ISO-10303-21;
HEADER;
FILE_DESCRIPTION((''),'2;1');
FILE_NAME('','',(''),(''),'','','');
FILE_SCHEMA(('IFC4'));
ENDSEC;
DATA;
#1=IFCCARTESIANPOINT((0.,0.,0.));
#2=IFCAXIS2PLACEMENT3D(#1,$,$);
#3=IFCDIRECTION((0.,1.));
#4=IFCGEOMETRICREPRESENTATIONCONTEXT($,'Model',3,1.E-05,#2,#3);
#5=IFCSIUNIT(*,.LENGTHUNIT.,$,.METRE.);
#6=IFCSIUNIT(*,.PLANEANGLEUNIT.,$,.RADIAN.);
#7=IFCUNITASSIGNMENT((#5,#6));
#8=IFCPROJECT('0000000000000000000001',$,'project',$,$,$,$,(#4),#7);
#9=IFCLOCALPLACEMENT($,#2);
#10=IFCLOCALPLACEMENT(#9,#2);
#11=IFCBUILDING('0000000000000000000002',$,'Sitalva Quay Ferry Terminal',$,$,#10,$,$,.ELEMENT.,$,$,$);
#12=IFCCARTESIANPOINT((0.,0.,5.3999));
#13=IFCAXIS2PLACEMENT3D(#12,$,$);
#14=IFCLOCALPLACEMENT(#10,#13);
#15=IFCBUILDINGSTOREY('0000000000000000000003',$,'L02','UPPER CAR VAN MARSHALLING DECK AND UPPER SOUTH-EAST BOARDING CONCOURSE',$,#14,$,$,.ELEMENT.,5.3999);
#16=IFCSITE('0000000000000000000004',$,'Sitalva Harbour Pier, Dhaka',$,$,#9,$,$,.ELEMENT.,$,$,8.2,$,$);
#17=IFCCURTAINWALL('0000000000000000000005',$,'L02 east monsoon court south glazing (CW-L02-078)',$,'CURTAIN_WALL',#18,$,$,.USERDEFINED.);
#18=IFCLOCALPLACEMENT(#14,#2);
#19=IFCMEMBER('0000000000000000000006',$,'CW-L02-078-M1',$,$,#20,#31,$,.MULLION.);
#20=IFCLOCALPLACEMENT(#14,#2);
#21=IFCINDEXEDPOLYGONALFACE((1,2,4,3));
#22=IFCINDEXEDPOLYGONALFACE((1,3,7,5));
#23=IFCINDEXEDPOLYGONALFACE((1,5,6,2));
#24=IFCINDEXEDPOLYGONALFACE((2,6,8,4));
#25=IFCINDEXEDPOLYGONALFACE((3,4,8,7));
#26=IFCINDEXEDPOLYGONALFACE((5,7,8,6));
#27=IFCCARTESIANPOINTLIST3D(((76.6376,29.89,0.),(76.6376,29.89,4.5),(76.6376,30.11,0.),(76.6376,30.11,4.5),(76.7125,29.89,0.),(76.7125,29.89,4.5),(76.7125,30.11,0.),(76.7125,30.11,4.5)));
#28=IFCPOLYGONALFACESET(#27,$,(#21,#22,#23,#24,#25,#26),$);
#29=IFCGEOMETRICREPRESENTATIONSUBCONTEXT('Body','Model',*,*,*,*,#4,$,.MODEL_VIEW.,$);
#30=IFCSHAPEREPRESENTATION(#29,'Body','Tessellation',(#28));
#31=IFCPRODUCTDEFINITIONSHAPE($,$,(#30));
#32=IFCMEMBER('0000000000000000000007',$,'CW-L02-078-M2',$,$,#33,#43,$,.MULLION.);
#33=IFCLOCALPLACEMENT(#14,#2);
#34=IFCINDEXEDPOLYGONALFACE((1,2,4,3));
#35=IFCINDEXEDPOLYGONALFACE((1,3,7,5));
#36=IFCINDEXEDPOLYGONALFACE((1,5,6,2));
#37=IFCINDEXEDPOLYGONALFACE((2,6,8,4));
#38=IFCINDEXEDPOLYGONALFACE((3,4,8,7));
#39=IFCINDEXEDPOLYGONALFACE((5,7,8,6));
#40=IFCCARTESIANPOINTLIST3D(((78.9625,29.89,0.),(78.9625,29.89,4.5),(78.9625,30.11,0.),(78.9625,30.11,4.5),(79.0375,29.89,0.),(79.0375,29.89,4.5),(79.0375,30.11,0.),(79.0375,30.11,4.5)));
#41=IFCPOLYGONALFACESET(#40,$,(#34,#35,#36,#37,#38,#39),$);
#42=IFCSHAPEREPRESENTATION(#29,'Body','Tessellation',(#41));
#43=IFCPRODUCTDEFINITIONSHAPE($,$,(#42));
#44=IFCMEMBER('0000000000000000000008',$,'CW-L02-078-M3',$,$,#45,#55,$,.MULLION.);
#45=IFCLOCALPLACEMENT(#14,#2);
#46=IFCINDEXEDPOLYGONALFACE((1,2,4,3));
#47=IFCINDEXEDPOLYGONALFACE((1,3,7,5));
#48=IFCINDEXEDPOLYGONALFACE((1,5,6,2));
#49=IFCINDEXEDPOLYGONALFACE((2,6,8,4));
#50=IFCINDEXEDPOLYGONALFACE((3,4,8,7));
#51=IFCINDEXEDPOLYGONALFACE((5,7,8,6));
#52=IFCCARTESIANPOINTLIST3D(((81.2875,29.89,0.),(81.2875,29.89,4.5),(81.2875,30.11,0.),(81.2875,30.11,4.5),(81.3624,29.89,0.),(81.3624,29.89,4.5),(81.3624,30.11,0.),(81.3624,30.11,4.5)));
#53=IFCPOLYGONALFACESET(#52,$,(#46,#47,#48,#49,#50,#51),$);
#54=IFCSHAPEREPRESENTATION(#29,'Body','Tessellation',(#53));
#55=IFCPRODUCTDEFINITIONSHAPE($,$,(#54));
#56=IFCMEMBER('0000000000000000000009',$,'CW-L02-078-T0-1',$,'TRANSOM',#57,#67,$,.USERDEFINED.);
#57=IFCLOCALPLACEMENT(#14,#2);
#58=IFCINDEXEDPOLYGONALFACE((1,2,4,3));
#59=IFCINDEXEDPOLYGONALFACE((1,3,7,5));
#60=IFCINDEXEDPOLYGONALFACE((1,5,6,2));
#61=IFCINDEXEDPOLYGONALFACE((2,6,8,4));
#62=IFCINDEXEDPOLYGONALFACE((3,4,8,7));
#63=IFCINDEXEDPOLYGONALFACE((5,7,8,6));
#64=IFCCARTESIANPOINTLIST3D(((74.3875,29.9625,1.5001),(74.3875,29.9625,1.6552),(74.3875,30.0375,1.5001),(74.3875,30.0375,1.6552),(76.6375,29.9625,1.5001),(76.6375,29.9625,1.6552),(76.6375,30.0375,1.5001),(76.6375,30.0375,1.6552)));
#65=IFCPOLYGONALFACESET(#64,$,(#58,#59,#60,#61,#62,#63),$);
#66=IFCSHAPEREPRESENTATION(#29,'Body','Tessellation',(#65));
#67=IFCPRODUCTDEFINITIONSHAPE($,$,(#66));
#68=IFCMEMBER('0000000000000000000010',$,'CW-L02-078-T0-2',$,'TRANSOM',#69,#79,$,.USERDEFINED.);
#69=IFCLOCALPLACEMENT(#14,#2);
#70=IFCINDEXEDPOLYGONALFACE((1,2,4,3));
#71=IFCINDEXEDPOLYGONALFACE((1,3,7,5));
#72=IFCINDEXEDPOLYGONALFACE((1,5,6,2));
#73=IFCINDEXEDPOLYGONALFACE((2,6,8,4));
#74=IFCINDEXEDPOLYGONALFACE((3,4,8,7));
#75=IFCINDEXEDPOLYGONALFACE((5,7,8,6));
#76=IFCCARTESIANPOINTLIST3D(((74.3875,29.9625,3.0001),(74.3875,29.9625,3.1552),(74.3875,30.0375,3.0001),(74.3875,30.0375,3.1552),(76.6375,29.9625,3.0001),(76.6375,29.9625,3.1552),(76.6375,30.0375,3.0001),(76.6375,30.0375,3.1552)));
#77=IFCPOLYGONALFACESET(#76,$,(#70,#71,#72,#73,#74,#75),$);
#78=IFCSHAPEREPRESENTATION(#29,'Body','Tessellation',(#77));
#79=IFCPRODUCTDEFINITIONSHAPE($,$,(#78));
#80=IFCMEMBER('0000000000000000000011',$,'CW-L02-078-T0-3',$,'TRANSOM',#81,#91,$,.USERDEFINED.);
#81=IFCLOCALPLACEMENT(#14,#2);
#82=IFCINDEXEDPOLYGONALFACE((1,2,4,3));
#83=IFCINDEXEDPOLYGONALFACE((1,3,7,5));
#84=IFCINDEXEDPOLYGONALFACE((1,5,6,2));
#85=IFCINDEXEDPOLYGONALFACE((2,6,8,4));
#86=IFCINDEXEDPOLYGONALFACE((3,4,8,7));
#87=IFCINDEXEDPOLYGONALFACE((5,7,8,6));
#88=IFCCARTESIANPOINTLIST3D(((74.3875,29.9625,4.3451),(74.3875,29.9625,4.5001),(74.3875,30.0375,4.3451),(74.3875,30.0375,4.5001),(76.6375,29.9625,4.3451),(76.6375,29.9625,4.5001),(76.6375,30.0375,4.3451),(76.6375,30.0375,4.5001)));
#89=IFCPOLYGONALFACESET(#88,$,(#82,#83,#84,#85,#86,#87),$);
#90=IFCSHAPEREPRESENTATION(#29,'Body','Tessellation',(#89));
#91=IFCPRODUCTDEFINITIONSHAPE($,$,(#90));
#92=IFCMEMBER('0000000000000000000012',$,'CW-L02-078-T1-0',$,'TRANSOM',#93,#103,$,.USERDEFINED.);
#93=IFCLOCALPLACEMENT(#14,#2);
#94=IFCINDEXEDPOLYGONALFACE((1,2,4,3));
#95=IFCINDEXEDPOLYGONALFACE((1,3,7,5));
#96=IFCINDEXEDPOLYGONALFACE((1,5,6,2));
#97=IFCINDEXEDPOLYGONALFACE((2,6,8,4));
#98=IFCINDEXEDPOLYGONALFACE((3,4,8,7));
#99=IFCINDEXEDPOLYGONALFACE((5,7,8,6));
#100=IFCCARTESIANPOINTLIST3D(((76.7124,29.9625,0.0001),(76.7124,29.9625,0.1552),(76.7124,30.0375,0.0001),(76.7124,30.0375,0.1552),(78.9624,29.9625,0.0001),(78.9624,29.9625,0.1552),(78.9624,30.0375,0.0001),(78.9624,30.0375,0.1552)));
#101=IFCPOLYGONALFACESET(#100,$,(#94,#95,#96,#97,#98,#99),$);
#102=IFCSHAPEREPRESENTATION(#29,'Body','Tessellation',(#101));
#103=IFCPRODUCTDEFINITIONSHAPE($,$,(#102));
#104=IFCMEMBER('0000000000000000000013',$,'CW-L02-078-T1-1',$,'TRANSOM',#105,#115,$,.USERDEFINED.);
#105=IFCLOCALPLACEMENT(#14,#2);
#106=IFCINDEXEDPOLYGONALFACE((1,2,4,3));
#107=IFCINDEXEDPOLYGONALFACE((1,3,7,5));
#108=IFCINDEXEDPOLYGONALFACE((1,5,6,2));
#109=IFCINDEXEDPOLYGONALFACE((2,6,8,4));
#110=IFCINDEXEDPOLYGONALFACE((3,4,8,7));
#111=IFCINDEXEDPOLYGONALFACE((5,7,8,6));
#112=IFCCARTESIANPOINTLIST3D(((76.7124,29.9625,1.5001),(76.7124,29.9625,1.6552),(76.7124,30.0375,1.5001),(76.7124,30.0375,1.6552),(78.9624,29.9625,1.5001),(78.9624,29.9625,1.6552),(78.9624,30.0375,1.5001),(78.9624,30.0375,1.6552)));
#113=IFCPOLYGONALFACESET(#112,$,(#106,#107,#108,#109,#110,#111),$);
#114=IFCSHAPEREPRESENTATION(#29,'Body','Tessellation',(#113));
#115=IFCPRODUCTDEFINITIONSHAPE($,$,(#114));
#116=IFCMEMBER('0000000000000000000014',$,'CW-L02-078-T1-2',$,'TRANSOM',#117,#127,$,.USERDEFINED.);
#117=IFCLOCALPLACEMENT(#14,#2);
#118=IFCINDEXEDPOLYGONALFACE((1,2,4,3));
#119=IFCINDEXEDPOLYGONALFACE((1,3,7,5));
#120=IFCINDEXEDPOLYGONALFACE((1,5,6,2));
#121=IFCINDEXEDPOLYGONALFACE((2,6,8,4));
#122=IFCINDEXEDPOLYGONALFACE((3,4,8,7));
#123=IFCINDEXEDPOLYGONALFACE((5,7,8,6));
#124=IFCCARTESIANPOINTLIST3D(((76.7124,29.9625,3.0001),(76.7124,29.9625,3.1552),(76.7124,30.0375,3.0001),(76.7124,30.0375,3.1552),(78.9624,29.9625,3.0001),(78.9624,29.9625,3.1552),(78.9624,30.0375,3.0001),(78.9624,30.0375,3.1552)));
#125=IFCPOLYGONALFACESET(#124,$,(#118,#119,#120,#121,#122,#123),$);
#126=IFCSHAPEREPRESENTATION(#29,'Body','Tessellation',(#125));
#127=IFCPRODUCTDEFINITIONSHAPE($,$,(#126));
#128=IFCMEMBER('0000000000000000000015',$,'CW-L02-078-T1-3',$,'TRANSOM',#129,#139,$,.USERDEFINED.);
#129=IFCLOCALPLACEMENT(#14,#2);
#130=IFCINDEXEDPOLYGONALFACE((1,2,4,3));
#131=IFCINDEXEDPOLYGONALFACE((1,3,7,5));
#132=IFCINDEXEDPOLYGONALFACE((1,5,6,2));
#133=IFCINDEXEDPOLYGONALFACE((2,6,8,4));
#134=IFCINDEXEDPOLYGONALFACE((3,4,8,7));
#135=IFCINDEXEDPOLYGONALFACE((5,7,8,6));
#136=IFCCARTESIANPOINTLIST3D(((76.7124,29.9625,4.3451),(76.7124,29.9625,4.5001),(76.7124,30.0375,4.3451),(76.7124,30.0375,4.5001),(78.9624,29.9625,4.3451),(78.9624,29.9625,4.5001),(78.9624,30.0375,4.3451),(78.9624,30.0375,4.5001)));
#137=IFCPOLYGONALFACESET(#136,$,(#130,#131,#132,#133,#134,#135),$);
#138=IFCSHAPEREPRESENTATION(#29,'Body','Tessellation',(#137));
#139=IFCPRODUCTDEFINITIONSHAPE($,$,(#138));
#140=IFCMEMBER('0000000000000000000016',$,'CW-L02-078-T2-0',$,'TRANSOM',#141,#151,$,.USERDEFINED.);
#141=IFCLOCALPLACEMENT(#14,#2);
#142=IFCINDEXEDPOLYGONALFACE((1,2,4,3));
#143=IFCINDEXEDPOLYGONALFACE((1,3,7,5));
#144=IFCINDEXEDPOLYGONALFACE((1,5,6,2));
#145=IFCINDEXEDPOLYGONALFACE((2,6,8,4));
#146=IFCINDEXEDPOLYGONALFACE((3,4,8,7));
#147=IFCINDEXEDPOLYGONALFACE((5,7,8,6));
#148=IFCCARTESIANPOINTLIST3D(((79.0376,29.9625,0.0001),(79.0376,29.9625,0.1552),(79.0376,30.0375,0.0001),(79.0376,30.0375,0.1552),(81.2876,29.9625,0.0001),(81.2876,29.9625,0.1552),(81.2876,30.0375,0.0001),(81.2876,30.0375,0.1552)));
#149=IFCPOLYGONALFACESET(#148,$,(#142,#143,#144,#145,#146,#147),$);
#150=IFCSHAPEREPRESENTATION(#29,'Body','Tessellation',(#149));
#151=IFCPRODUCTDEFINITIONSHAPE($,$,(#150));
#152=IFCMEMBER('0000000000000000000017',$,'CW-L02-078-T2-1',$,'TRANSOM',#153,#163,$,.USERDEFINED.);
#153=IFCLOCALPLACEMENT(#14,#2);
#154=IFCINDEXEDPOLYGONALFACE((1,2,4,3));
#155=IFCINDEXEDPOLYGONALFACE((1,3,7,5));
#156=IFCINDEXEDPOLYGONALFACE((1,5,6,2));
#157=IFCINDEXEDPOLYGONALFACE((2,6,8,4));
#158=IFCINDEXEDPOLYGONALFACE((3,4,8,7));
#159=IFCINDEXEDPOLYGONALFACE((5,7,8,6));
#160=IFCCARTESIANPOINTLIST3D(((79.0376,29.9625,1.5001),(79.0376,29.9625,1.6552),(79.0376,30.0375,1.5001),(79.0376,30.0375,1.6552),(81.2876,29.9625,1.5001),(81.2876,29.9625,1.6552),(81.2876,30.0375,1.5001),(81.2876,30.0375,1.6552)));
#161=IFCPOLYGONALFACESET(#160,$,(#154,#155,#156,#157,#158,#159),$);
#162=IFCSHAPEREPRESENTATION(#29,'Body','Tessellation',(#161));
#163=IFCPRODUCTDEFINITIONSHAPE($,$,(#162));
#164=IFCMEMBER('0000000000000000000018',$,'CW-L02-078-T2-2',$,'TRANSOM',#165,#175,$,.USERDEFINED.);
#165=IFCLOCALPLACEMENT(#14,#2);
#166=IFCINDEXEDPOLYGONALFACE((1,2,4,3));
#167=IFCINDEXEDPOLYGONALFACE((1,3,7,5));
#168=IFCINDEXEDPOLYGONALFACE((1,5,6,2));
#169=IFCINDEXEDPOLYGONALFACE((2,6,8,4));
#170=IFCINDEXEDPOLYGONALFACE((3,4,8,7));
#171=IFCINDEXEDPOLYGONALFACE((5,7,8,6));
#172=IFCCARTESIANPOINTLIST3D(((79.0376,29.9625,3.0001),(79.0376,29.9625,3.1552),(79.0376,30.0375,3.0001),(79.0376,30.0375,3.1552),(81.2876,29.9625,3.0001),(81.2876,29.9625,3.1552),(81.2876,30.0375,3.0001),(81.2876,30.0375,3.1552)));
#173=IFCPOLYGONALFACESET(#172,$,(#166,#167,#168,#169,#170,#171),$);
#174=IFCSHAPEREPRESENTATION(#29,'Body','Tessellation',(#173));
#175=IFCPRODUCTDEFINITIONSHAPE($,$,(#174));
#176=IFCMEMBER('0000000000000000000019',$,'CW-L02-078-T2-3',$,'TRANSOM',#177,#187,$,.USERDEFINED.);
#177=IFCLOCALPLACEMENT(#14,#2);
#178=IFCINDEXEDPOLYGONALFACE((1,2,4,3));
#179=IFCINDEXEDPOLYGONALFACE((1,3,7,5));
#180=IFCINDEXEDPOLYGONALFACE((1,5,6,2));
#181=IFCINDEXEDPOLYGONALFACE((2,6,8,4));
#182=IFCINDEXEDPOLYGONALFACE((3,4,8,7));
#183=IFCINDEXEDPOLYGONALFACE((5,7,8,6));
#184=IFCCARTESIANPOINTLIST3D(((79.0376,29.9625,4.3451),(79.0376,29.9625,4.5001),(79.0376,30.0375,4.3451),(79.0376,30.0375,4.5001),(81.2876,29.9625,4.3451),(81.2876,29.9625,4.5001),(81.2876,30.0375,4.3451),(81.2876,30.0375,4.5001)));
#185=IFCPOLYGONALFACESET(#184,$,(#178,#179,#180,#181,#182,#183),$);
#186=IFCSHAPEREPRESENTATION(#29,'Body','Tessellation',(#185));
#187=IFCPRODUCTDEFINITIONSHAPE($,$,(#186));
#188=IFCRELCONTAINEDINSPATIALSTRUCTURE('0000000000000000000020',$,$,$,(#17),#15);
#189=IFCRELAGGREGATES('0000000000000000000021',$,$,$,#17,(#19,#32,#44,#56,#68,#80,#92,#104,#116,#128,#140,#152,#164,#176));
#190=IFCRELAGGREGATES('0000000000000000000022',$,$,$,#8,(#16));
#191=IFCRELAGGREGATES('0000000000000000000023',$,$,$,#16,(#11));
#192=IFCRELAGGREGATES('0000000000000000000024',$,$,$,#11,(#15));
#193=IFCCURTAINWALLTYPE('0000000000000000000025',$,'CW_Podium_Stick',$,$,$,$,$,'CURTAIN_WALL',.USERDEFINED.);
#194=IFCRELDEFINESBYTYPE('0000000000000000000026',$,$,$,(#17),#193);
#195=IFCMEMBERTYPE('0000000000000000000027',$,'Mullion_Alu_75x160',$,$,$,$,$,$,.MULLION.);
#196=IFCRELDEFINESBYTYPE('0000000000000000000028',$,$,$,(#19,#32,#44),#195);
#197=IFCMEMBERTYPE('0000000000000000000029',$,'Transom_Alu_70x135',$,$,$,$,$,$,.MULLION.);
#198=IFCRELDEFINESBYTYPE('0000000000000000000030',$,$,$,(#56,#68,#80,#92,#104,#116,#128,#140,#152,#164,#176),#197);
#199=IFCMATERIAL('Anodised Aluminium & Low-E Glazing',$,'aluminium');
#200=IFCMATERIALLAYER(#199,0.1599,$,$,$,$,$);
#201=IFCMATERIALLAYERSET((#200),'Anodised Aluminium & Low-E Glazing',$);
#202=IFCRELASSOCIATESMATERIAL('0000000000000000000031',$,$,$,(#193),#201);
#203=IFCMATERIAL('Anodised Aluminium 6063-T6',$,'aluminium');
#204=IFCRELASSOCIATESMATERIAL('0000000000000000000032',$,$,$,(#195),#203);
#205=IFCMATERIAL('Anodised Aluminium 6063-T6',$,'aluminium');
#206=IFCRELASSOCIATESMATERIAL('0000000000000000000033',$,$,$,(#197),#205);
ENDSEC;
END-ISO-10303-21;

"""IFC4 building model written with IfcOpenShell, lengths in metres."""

from ifc_helpers import new_model, si_unit, direction, frame, origin, origin_2d, place, context, subcontext, project, spatial, rectangle, extrude, material, layer, layer_set, material_profile, profile_set, type_object, element, aggregate, save


model = new_model("IFC4")

# Units and contexts
model_context = context("Model", 3, precision=1e-05, world=origin(), true_north=direction((0.0, 1.0)))
body_context = subcontext(model_context, "Body", "Model", "MODEL_VIEW")
ifc_project = project(units=[si_unit("LENGTHUNIT", "METRE"), si_unit("PLANEANGLEUNIT", "RADIAN")], contexts=[model_context])

# Site, building, storey
site_placement = place(None, origin())
site = spatial("IfcSite", under=ifc_project, at=site_placement, Name="Sitalva Harbour Pier, Dhaka", CompositionType="ELEMENT", RefElevation=8.2)
building_placement = place(site_placement, origin())
building = spatial("IfcBuilding", under=site, at=building_placement, Name="Sitalva Quay Ferry Terminal", CompositionType="ELEMENT")
storey_placement = place(building_placement, frame((0.0, 0.0, 5.3999)))
storey = spatial("IfcBuildingStorey", under=building, at=storey_placement, Name="L02", Description="UPPER CAR VAN MARSHALLING DECK AND UPPER SOUTH-EAST BOARDING CONCOURSE", CompositionType="ELEMENT", Elevation=5.3999)

# Curtain wall, members
ifc_material_1 = material(Name="Anodised Aluminium & Low-E Glazing", Category="aluminium")
ifc_layer_1 = layer(ifc_material_1, 0.1599)
ifc_layer_set_1 = layer_set([ifc_layer_1], Name="Anodised Aluminium & Low-E Glazing")
curtain_wall_type = type_object("IfcCurtainWallType", Name="CW_Podium_Stick", ElementType="CURTAIN_WALL", PredefinedType="USERDEFINED", material=ifc_layer_set_1)
curtain_wall_placement = place(storey_placement, origin())
curtain_wall = element("IfcCurtainWall", 1, at=curtain_wall_placement, inside=storey, type_object=curtain_wall_type, Name="L02 east monsoon court south glazing (CW-L02-078)", ObjectType="CURTAIN_WALL", PredefinedType="USERDEFINED")
ifc_material_2 = material(Name="Anodised Aluminium 6063-T6", Category="aluminium")
ifc_material_profile_1 = material_profile(ifc_material_2, rectangle(XDim=0.075, YDim=0.22, at=origin_2d()), Name="ALU75x220")
ifc_profile_set_1 = profile_set([ifc_material_profile_1], Name="Anodised Aluminium 6063-T6")
member_type_1 = type_object("IfcMemberType", Name="Mullion_Alu_75x160", PredefinedType="MULLION", material=ifc_profile_set_1)
member_1_placement = place(storey_placement, frame((76.675, 30.0, 0.0), z_axis=(0.0, 0.0, 1.0), x_axis=(1.0, 0.0, 0.0)))
member_1 = element("IfcMember", 2, at=member_1_placement, type_object=member_type_1, Name="CW-L02-078-M1", PredefinedType="MULLION", context=body_context, shape_type="SweptSolid", body=[
    extrude(rectangle(XDim=0.075, YDim=0.22, at=origin_2d()), origin(), (0.0, 0.0, 1.0), 4.5),
])
member_2_placement = place(storey_placement, frame((79.0, 30.0, 0.0), z_axis=(0.0, 0.0, 1.0), x_axis=(1.0, 0.0, 0.0)))
member_2 = element("IfcMember", 3, at=member_2_placement, type_object=member_type_1, Name="CW-L02-078-M2", PredefinedType="MULLION", context=body_context, shape_type="SweptSolid", body=[
    extrude(rectangle(XDim=0.075, YDim=0.22, at=origin_2d()), origin(), (0.0, 0.0, 1.0), 4.5),
])
member_3_placement = place(storey_placement, frame((81.325, 30.0, 0.0), z_axis=(0.0, 0.0, 1.0), x_axis=(1.0, 0.0, 0.0)))
member_3 = element("IfcMember", 4, at=member_3_placement, type_object=member_type_1, Name="CW-L02-078-M3", PredefinedType="MULLION", context=body_context, shape_type="SweptSolid", body=[
    extrude(rectangle(XDim=0.075, YDim=0.22, at=origin_2d()), origin(), (0.0, 0.0, 1.0), 4.5),
])
ifc_material_3 = material(Name="Anodised Aluminium 6063-T6", Category="aluminium")
ifc_material_profile_2 = material_profile(ifc_material_3, rectangle(XDim=0.075, YDim=0.155, at=origin_2d()), Name="ALU75x155")
ifc_profile_set_2 = profile_set([ifc_material_profile_2], Name="Anodised Aluminium 6063-T6")
member_type_2 = type_object("IfcMemberType", Name="Transom_Alu_70x135", PredefinedType="MULLION", material=ifc_profile_set_2)
member_4_placement = place(storey_placement, frame((74.3875, 30.0, 1.5776), z_axis=(1.0, 0.0, 0.0), x_axis=(0.0, 1.0, 0.0)))
member_4 = element("IfcMember", 5, at=member_4_placement, type_object=member_type_2, Name="CW-L02-078-T0-1", ObjectType="TRANSOM", PredefinedType="USERDEFINED", context=body_context, shape_type="SweptSolid", body=[
    extrude(rectangle(XDim=0.075, YDim=0.155, at=origin_2d()), origin(), (0.0, 0.0, 1.0), 2.25),
])
member_5_placement = place(storey_placement, frame((74.3875, 30.0, 3.0776), z_axis=(1.0, 0.0, 0.0), x_axis=(0.0, 1.0, 0.0)))
member_5 = element("IfcMember", 6, at=member_5_placement, type_object=member_type_2, Name="CW-L02-078-T0-2", ObjectType="TRANSOM", PredefinedType="USERDEFINED", context=body_context, shape_type="SweptSolid", body=[
    extrude(rectangle(XDim=0.075, YDim=0.155, at=origin_2d()), origin(), (0.0, 0.0, 1.0), 2.25),
])
member_6_placement = place(storey_placement, frame((74.3875, 30.0, 4.4226), z_axis=(1.0, 0.0, 0.0), x_axis=(0.0, 1.0, 0.0)))
member_6 = element("IfcMember", 7, at=member_6_placement, type_object=member_type_2, Name="CW-L02-078-T0-3", ObjectType="TRANSOM", PredefinedType="USERDEFINED", context=body_context, shape_type="SweptSolid", body=[
    extrude(rectangle(XDim=0.075, YDim=0.155, at=origin_2d()), origin(), (0.0, 0.0, 1.0), 2.25),
])
member_7_placement = place(storey_placement, frame((76.7124, 30.0, 0.0776), z_axis=(1.0, 0.0, 0.0), x_axis=(0.0, 1.0, 0.0)))
member_7 = element("IfcMember", 8, at=member_7_placement, type_object=member_type_2, Name="CW-L02-078-T1-0", ObjectType="TRANSOM", PredefinedType="USERDEFINED", context=body_context, shape_type="SweptSolid", body=[
    extrude(rectangle(XDim=0.075, YDim=0.155, at=origin_2d()), origin(), (0.0, 0.0, 1.0), 2.25),
])
member_8_placement = place(storey_placement, frame((76.7124, 30.0, 1.5776), z_axis=(1.0, 0.0, 0.0), x_axis=(0.0, 1.0, 0.0)))
member_8 = element("IfcMember", 9, at=member_8_placement, type_object=member_type_2, Name="CW-L02-078-T1-1", ObjectType="TRANSOM", PredefinedType="USERDEFINED", context=body_context, shape_type="SweptSolid", body=[
    extrude(rectangle(XDim=0.075, YDim=0.155, at=origin_2d()), origin(), (0.0, 0.0, 1.0), 2.25),
])
member_9_placement = place(storey_placement, frame((76.7124, 30.0, 3.0776), z_axis=(1.0, 0.0, 0.0), x_axis=(0.0, 1.0, 0.0)))
member_9 = element("IfcMember", 10, at=member_9_placement, type_object=member_type_2, Name="CW-L02-078-T1-2", ObjectType="TRANSOM", PredefinedType="USERDEFINED", context=body_context, shape_type="SweptSolid", body=[
    extrude(rectangle(XDim=0.075, YDim=0.155, at=origin_2d()), origin(), (0.0, 0.0, 1.0), 2.25),
])
member_10_placement = place(storey_placement, frame((76.7124, 30.0, 4.4226), z_axis=(1.0, 0.0, 0.0), x_axis=(0.0, 1.0, 0.0)))
member_10 = element("IfcMember", 11, at=member_10_placement, type_object=member_type_2, Name="CW-L02-078-T1-3", ObjectType="TRANSOM", PredefinedType="USERDEFINED", context=body_context, shape_type="SweptSolid", body=[
    extrude(rectangle(XDim=0.075, YDim=0.155, at=origin_2d()), origin(), (0.0, 0.0, 1.0), 2.25),
])
member_11_placement = place(storey_placement, frame((79.0376, 30.0, 0.0776), z_axis=(1.0, 0.0, 0.0), x_axis=(0.0, 1.0, 0.0)))
member_11 = element("IfcMember", 12, at=member_11_placement, type_object=member_type_2, Name="CW-L02-078-T2-0", ObjectType="TRANSOM", PredefinedType="USERDEFINED", context=body_context, shape_type="SweptSolid", body=[
    extrude(rectangle(XDim=0.075, YDim=0.155, at=origin_2d()), origin(), (0.0, 0.0, 1.0), 2.25),
])
member_12_placement = place(storey_placement, frame((79.0376, 30.0, 1.5776), z_axis=(1.0, 0.0, 0.0), x_axis=(0.0, 1.0, 0.0)))
member_12 = element("IfcMember", 13, at=member_12_placement, type_object=member_type_2, Name="CW-L02-078-T2-1", ObjectType="TRANSOM", PredefinedType="USERDEFINED", context=body_context, shape_type="SweptSolid", body=[
    extrude(rectangle(XDim=0.075, YDim=0.155, at=origin_2d()), origin(), (0.0, 0.0, 1.0), 2.25),
])
member_13_placement = place(storey_placement, frame((79.0376, 30.0, 3.0776), z_axis=(1.0, 0.0, 0.0), x_axis=(0.0, 1.0, 0.0)))
member_13 = element("IfcMember", 14, at=member_13_placement, type_object=member_type_2, Name="CW-L02-078-T2-2", ObjectType="TRANSOM", PredefinedType="USERDEFINED", context=body_context, shape_type="SweptSolid", body=[
    extrude(rectangle(XDim=0.075, YDim=0.155, at=origin_2d()), origin(), (0.0, 0.0, 1.0), 2.25),
])
member_14_placement = place(storey_placement, frame((79.0376, 30.0, 4.4226), z_axis=(1.0, 0.0, 0.0), x_axis=(0.0, 1.0, 0.0)))
member_14 = element("IfcMember", 15, at=member_14_placement, type_object=member_type_2, Name="CW-L02-078-T2-3", ObjectType="TRANSOM", PredefinedType="USERDEFINED", context=body_context, shape_type="SweptSolid", body=[
    extrude(rectangle(XDim=0.075, YDim=0.155, at=origin_2d()), origin(), (0.0, 0.0, 1.0), 2.25),
])
aggregate(curtain_wall, [member_1, member_2, member_3, member_4, member_5, member_6, member_7, member_8, member_9, member_10, member_11, member_12, member_13, member_14])

save(model, "model.ifc")
